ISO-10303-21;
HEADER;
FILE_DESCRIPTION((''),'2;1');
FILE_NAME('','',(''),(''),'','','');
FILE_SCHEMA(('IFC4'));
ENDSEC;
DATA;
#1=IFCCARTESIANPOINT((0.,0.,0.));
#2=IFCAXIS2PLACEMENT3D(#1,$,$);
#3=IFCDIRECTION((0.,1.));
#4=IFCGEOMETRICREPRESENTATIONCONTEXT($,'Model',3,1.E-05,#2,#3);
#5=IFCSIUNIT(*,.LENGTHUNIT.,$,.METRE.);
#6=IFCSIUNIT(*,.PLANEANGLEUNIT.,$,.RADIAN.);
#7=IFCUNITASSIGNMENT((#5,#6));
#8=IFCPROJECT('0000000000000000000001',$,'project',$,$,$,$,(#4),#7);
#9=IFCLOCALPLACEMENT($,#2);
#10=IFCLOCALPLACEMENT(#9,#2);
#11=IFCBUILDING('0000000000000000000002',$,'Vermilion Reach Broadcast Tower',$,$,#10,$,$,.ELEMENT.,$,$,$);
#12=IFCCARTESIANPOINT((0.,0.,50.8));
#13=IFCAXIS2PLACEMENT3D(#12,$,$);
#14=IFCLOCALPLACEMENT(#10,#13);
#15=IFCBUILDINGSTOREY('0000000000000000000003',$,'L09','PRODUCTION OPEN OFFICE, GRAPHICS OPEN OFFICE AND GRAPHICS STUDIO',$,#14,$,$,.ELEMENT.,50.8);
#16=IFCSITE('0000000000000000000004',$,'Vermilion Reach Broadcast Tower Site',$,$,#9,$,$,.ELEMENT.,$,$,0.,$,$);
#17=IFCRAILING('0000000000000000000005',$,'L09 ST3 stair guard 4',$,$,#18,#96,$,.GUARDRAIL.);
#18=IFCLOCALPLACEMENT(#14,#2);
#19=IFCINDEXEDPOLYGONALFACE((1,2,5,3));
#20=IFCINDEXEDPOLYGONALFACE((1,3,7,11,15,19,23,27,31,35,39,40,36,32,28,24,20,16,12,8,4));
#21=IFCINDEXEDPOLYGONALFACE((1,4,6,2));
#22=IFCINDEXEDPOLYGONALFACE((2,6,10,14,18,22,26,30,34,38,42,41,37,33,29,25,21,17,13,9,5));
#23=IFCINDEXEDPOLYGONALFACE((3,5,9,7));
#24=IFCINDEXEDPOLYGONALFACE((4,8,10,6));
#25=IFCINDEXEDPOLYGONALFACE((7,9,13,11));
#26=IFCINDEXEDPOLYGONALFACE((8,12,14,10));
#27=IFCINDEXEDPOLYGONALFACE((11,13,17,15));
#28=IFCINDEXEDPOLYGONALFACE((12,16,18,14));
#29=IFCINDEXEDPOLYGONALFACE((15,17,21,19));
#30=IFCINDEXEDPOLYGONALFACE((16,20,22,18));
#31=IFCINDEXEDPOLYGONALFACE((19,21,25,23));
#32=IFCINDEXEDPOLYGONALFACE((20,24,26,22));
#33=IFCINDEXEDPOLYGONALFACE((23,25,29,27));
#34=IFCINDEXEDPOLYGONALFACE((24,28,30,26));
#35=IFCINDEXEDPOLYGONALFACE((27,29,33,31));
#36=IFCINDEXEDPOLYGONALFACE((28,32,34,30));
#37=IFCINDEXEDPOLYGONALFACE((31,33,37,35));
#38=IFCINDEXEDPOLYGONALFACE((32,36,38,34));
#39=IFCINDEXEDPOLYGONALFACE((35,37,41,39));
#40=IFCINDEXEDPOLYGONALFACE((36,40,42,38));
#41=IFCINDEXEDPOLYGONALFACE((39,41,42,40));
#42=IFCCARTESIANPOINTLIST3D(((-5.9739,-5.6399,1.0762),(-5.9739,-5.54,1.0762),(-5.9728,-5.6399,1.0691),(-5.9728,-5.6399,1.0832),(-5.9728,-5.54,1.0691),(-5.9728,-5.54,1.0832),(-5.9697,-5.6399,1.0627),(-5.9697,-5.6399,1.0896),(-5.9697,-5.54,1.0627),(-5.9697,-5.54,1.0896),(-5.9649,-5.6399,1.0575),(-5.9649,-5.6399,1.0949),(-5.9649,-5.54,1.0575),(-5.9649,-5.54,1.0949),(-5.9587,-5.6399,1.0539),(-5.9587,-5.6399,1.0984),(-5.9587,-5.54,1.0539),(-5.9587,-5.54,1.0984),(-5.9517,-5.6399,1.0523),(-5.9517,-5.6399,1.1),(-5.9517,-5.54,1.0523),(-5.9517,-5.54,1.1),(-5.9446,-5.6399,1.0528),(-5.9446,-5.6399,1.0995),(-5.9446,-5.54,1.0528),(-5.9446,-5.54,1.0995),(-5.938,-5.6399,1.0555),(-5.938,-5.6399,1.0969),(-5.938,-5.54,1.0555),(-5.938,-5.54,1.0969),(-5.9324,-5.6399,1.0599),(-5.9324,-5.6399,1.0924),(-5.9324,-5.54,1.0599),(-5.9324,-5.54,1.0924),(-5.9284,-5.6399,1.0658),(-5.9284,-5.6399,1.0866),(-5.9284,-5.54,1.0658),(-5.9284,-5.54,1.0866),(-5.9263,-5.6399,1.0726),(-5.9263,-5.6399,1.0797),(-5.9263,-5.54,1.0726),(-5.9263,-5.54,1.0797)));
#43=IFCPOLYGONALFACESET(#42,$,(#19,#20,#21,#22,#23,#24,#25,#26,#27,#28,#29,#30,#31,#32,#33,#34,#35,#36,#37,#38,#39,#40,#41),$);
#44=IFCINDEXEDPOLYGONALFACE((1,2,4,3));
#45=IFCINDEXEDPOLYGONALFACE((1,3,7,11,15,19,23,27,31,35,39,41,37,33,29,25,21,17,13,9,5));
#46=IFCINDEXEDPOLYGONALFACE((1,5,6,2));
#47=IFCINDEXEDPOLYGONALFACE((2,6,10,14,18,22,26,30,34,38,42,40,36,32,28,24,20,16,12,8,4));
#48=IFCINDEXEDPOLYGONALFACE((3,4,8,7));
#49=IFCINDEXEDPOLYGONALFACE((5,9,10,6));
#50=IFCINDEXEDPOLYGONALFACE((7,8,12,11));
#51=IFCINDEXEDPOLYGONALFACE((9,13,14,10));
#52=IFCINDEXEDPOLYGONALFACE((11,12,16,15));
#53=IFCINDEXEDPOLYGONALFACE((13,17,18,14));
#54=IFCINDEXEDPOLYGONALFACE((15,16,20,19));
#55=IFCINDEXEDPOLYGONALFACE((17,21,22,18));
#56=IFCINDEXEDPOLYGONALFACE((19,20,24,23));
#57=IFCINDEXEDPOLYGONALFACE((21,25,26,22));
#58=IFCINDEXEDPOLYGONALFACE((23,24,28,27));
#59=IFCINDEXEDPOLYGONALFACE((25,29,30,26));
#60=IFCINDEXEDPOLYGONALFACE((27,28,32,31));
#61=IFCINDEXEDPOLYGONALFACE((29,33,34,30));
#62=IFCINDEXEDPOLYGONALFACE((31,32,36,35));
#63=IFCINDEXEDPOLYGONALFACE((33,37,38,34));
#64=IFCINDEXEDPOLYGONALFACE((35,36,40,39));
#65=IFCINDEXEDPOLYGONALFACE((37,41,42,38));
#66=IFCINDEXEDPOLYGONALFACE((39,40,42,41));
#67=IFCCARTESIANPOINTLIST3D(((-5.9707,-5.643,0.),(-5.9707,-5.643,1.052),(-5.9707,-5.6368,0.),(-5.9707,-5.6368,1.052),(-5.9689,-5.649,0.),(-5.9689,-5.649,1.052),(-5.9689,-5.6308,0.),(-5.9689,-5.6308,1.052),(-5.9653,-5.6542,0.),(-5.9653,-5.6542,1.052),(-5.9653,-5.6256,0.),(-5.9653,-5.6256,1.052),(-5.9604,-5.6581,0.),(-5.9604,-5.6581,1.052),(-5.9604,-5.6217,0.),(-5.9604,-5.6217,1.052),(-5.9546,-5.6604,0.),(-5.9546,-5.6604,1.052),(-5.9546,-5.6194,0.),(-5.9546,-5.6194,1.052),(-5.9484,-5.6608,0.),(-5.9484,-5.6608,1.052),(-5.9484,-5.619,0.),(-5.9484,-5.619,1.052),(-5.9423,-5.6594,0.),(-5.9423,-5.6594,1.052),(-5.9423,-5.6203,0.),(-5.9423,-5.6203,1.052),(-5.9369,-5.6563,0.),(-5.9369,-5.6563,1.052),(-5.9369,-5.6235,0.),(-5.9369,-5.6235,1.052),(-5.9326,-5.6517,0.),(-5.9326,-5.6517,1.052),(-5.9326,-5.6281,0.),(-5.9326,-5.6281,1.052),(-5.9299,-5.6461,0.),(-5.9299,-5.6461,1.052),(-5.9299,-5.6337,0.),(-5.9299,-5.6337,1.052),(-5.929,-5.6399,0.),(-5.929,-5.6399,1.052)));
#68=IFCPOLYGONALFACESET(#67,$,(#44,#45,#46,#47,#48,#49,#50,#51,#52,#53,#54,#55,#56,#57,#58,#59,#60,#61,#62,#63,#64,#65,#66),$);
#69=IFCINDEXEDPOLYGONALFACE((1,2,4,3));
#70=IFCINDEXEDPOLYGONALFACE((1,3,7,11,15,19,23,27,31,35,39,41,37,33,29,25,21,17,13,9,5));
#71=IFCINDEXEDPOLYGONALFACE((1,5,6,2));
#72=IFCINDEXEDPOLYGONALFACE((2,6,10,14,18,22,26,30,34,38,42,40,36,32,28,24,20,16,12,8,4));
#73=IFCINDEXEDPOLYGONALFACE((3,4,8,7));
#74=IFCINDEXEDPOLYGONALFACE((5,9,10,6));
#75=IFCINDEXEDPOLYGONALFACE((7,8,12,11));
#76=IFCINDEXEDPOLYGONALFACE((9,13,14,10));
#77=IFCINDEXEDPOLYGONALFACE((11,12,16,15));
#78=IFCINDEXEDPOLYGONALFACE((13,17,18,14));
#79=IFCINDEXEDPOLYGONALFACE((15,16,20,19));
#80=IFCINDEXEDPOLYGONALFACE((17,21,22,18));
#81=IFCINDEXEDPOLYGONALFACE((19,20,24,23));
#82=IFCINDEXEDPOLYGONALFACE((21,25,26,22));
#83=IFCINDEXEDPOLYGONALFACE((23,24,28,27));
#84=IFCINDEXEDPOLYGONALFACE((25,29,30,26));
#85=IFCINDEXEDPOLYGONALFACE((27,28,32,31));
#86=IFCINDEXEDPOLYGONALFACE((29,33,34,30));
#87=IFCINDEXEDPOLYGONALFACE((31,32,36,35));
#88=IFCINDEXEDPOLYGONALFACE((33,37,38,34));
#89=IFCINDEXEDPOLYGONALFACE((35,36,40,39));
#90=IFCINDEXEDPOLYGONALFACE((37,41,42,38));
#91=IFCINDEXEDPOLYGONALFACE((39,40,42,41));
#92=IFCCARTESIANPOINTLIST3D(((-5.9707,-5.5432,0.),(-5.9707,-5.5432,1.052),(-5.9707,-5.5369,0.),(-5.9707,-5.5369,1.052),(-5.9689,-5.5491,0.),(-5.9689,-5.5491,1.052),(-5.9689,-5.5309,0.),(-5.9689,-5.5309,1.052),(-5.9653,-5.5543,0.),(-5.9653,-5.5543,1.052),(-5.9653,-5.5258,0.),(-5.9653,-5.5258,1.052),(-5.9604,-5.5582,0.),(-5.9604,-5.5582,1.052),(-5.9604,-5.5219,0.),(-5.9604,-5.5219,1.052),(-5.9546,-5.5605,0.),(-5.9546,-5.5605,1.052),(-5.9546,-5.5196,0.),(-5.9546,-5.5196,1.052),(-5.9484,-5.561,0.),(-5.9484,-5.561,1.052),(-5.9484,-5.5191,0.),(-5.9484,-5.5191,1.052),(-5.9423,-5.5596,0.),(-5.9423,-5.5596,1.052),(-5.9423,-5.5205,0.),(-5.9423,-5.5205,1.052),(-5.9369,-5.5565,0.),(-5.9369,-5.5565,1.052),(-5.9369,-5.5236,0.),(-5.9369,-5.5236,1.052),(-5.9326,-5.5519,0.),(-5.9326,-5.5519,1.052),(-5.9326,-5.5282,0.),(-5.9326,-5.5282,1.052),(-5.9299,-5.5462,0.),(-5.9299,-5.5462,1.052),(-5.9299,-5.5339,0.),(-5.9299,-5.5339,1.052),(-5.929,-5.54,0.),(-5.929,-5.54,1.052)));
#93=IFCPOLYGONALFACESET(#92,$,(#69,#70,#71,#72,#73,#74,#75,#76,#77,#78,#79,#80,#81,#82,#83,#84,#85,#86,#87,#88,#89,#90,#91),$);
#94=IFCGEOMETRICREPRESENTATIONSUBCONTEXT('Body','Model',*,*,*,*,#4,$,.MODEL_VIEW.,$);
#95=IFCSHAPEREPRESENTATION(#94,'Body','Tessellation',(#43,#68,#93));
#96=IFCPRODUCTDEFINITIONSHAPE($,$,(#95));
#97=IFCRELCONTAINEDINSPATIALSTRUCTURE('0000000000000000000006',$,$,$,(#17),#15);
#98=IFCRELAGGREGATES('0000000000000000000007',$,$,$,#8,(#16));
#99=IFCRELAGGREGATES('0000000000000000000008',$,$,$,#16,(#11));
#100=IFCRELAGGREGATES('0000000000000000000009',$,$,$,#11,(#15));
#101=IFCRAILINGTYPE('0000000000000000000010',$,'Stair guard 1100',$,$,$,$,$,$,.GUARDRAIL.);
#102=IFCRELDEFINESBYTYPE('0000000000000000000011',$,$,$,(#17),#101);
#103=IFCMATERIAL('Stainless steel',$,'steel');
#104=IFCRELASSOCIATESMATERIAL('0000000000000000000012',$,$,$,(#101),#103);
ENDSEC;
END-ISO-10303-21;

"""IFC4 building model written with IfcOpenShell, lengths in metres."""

from ifc_helpers import new_model, si_unit, direction, frame, origin, origin_2d, place, context, subcontext, project, spatial, circle, extrude, material, type_object, element, save


model = new_model("IFC4")

# Units and contexts
model_context = context("Model", 3, precision=1e-05, world=origin(), true_north=direction((0.0, 1.0)))
body_context = subcontext(model_context, "Body", "Model", "MODEL_VIEW")
ifc_project = project(units=[si_unit("LENGTHUNIT", "METRE"), si_unit("PLANEANGLEUNIT", "RADIAN")], contexts=[model_context])

# Site, building, storey
site_placement = place(None, origin())
site = spatial("IfcSite", under=ifc_project, at=site_placement, Name="Vermilion Reach Broadcast Tower Site", CompositionType="ELEMENT", RefElevation=0.0)
building_placement = place(site_placement, origin())
building = spatial("IfcBuilding", under=site, at=building_placement, Name="Vermilion Reach Broadcast Tower", CompositionType="ELEMENT")
storey_placement = place(building_placement, frame((0.0, 0.0, 50.8)))
storey = spatial("IfcBuildingStorey", under=building, at=storey_placement, Name="L09", Description="PRODUCTION OPEN OFFICE, GRAPHICS OPEN OFFICE AND GRAPHICS STUDIO", CompositionType="ELEMENT", Elevation=50.8)

# Railing
ifc_material_1 = material(Name="Stainless steel", Category="steel")
railing_type_1 = type_object("IfcRailingType", Name="Stair guard 1100", PredefinedType="GUARDRAIL", material=ifc_material_1)
railing_1_placement = place(storey_placement, frame((-5.95, -5.6399, 0.0)))
element("IfcRailing", 1, at=railing_1_placement, inside=storey, type_object=railing_type_1, Name="L09 ST3 stair guard 4", PredefinedType="GUARDRAIL", context=body_context, shape_type="SweptSolid", body=[
    extrude(circle(Radius=0.0239, at=origin_2d()), frame((0.0, 0.0, 1.0762), z_axis=(0.0, 1.0, 0.0), x_axis=(-1.0, 0.0, 0.0)), (0.0, 0.0, 1.0), 0.0999),
    extrude(circle(Radius=0.021, at=origin_2d()), origin(), (0.0, 0.0, 1.0), 1.052),
    extrude(circle(Radius=0.021, at=origin_2d()), frame((0.0, 0.0999, 0.0)), (0.0, 0.0, 1.0), 1.052),
])

save(model, "model.ifc")
